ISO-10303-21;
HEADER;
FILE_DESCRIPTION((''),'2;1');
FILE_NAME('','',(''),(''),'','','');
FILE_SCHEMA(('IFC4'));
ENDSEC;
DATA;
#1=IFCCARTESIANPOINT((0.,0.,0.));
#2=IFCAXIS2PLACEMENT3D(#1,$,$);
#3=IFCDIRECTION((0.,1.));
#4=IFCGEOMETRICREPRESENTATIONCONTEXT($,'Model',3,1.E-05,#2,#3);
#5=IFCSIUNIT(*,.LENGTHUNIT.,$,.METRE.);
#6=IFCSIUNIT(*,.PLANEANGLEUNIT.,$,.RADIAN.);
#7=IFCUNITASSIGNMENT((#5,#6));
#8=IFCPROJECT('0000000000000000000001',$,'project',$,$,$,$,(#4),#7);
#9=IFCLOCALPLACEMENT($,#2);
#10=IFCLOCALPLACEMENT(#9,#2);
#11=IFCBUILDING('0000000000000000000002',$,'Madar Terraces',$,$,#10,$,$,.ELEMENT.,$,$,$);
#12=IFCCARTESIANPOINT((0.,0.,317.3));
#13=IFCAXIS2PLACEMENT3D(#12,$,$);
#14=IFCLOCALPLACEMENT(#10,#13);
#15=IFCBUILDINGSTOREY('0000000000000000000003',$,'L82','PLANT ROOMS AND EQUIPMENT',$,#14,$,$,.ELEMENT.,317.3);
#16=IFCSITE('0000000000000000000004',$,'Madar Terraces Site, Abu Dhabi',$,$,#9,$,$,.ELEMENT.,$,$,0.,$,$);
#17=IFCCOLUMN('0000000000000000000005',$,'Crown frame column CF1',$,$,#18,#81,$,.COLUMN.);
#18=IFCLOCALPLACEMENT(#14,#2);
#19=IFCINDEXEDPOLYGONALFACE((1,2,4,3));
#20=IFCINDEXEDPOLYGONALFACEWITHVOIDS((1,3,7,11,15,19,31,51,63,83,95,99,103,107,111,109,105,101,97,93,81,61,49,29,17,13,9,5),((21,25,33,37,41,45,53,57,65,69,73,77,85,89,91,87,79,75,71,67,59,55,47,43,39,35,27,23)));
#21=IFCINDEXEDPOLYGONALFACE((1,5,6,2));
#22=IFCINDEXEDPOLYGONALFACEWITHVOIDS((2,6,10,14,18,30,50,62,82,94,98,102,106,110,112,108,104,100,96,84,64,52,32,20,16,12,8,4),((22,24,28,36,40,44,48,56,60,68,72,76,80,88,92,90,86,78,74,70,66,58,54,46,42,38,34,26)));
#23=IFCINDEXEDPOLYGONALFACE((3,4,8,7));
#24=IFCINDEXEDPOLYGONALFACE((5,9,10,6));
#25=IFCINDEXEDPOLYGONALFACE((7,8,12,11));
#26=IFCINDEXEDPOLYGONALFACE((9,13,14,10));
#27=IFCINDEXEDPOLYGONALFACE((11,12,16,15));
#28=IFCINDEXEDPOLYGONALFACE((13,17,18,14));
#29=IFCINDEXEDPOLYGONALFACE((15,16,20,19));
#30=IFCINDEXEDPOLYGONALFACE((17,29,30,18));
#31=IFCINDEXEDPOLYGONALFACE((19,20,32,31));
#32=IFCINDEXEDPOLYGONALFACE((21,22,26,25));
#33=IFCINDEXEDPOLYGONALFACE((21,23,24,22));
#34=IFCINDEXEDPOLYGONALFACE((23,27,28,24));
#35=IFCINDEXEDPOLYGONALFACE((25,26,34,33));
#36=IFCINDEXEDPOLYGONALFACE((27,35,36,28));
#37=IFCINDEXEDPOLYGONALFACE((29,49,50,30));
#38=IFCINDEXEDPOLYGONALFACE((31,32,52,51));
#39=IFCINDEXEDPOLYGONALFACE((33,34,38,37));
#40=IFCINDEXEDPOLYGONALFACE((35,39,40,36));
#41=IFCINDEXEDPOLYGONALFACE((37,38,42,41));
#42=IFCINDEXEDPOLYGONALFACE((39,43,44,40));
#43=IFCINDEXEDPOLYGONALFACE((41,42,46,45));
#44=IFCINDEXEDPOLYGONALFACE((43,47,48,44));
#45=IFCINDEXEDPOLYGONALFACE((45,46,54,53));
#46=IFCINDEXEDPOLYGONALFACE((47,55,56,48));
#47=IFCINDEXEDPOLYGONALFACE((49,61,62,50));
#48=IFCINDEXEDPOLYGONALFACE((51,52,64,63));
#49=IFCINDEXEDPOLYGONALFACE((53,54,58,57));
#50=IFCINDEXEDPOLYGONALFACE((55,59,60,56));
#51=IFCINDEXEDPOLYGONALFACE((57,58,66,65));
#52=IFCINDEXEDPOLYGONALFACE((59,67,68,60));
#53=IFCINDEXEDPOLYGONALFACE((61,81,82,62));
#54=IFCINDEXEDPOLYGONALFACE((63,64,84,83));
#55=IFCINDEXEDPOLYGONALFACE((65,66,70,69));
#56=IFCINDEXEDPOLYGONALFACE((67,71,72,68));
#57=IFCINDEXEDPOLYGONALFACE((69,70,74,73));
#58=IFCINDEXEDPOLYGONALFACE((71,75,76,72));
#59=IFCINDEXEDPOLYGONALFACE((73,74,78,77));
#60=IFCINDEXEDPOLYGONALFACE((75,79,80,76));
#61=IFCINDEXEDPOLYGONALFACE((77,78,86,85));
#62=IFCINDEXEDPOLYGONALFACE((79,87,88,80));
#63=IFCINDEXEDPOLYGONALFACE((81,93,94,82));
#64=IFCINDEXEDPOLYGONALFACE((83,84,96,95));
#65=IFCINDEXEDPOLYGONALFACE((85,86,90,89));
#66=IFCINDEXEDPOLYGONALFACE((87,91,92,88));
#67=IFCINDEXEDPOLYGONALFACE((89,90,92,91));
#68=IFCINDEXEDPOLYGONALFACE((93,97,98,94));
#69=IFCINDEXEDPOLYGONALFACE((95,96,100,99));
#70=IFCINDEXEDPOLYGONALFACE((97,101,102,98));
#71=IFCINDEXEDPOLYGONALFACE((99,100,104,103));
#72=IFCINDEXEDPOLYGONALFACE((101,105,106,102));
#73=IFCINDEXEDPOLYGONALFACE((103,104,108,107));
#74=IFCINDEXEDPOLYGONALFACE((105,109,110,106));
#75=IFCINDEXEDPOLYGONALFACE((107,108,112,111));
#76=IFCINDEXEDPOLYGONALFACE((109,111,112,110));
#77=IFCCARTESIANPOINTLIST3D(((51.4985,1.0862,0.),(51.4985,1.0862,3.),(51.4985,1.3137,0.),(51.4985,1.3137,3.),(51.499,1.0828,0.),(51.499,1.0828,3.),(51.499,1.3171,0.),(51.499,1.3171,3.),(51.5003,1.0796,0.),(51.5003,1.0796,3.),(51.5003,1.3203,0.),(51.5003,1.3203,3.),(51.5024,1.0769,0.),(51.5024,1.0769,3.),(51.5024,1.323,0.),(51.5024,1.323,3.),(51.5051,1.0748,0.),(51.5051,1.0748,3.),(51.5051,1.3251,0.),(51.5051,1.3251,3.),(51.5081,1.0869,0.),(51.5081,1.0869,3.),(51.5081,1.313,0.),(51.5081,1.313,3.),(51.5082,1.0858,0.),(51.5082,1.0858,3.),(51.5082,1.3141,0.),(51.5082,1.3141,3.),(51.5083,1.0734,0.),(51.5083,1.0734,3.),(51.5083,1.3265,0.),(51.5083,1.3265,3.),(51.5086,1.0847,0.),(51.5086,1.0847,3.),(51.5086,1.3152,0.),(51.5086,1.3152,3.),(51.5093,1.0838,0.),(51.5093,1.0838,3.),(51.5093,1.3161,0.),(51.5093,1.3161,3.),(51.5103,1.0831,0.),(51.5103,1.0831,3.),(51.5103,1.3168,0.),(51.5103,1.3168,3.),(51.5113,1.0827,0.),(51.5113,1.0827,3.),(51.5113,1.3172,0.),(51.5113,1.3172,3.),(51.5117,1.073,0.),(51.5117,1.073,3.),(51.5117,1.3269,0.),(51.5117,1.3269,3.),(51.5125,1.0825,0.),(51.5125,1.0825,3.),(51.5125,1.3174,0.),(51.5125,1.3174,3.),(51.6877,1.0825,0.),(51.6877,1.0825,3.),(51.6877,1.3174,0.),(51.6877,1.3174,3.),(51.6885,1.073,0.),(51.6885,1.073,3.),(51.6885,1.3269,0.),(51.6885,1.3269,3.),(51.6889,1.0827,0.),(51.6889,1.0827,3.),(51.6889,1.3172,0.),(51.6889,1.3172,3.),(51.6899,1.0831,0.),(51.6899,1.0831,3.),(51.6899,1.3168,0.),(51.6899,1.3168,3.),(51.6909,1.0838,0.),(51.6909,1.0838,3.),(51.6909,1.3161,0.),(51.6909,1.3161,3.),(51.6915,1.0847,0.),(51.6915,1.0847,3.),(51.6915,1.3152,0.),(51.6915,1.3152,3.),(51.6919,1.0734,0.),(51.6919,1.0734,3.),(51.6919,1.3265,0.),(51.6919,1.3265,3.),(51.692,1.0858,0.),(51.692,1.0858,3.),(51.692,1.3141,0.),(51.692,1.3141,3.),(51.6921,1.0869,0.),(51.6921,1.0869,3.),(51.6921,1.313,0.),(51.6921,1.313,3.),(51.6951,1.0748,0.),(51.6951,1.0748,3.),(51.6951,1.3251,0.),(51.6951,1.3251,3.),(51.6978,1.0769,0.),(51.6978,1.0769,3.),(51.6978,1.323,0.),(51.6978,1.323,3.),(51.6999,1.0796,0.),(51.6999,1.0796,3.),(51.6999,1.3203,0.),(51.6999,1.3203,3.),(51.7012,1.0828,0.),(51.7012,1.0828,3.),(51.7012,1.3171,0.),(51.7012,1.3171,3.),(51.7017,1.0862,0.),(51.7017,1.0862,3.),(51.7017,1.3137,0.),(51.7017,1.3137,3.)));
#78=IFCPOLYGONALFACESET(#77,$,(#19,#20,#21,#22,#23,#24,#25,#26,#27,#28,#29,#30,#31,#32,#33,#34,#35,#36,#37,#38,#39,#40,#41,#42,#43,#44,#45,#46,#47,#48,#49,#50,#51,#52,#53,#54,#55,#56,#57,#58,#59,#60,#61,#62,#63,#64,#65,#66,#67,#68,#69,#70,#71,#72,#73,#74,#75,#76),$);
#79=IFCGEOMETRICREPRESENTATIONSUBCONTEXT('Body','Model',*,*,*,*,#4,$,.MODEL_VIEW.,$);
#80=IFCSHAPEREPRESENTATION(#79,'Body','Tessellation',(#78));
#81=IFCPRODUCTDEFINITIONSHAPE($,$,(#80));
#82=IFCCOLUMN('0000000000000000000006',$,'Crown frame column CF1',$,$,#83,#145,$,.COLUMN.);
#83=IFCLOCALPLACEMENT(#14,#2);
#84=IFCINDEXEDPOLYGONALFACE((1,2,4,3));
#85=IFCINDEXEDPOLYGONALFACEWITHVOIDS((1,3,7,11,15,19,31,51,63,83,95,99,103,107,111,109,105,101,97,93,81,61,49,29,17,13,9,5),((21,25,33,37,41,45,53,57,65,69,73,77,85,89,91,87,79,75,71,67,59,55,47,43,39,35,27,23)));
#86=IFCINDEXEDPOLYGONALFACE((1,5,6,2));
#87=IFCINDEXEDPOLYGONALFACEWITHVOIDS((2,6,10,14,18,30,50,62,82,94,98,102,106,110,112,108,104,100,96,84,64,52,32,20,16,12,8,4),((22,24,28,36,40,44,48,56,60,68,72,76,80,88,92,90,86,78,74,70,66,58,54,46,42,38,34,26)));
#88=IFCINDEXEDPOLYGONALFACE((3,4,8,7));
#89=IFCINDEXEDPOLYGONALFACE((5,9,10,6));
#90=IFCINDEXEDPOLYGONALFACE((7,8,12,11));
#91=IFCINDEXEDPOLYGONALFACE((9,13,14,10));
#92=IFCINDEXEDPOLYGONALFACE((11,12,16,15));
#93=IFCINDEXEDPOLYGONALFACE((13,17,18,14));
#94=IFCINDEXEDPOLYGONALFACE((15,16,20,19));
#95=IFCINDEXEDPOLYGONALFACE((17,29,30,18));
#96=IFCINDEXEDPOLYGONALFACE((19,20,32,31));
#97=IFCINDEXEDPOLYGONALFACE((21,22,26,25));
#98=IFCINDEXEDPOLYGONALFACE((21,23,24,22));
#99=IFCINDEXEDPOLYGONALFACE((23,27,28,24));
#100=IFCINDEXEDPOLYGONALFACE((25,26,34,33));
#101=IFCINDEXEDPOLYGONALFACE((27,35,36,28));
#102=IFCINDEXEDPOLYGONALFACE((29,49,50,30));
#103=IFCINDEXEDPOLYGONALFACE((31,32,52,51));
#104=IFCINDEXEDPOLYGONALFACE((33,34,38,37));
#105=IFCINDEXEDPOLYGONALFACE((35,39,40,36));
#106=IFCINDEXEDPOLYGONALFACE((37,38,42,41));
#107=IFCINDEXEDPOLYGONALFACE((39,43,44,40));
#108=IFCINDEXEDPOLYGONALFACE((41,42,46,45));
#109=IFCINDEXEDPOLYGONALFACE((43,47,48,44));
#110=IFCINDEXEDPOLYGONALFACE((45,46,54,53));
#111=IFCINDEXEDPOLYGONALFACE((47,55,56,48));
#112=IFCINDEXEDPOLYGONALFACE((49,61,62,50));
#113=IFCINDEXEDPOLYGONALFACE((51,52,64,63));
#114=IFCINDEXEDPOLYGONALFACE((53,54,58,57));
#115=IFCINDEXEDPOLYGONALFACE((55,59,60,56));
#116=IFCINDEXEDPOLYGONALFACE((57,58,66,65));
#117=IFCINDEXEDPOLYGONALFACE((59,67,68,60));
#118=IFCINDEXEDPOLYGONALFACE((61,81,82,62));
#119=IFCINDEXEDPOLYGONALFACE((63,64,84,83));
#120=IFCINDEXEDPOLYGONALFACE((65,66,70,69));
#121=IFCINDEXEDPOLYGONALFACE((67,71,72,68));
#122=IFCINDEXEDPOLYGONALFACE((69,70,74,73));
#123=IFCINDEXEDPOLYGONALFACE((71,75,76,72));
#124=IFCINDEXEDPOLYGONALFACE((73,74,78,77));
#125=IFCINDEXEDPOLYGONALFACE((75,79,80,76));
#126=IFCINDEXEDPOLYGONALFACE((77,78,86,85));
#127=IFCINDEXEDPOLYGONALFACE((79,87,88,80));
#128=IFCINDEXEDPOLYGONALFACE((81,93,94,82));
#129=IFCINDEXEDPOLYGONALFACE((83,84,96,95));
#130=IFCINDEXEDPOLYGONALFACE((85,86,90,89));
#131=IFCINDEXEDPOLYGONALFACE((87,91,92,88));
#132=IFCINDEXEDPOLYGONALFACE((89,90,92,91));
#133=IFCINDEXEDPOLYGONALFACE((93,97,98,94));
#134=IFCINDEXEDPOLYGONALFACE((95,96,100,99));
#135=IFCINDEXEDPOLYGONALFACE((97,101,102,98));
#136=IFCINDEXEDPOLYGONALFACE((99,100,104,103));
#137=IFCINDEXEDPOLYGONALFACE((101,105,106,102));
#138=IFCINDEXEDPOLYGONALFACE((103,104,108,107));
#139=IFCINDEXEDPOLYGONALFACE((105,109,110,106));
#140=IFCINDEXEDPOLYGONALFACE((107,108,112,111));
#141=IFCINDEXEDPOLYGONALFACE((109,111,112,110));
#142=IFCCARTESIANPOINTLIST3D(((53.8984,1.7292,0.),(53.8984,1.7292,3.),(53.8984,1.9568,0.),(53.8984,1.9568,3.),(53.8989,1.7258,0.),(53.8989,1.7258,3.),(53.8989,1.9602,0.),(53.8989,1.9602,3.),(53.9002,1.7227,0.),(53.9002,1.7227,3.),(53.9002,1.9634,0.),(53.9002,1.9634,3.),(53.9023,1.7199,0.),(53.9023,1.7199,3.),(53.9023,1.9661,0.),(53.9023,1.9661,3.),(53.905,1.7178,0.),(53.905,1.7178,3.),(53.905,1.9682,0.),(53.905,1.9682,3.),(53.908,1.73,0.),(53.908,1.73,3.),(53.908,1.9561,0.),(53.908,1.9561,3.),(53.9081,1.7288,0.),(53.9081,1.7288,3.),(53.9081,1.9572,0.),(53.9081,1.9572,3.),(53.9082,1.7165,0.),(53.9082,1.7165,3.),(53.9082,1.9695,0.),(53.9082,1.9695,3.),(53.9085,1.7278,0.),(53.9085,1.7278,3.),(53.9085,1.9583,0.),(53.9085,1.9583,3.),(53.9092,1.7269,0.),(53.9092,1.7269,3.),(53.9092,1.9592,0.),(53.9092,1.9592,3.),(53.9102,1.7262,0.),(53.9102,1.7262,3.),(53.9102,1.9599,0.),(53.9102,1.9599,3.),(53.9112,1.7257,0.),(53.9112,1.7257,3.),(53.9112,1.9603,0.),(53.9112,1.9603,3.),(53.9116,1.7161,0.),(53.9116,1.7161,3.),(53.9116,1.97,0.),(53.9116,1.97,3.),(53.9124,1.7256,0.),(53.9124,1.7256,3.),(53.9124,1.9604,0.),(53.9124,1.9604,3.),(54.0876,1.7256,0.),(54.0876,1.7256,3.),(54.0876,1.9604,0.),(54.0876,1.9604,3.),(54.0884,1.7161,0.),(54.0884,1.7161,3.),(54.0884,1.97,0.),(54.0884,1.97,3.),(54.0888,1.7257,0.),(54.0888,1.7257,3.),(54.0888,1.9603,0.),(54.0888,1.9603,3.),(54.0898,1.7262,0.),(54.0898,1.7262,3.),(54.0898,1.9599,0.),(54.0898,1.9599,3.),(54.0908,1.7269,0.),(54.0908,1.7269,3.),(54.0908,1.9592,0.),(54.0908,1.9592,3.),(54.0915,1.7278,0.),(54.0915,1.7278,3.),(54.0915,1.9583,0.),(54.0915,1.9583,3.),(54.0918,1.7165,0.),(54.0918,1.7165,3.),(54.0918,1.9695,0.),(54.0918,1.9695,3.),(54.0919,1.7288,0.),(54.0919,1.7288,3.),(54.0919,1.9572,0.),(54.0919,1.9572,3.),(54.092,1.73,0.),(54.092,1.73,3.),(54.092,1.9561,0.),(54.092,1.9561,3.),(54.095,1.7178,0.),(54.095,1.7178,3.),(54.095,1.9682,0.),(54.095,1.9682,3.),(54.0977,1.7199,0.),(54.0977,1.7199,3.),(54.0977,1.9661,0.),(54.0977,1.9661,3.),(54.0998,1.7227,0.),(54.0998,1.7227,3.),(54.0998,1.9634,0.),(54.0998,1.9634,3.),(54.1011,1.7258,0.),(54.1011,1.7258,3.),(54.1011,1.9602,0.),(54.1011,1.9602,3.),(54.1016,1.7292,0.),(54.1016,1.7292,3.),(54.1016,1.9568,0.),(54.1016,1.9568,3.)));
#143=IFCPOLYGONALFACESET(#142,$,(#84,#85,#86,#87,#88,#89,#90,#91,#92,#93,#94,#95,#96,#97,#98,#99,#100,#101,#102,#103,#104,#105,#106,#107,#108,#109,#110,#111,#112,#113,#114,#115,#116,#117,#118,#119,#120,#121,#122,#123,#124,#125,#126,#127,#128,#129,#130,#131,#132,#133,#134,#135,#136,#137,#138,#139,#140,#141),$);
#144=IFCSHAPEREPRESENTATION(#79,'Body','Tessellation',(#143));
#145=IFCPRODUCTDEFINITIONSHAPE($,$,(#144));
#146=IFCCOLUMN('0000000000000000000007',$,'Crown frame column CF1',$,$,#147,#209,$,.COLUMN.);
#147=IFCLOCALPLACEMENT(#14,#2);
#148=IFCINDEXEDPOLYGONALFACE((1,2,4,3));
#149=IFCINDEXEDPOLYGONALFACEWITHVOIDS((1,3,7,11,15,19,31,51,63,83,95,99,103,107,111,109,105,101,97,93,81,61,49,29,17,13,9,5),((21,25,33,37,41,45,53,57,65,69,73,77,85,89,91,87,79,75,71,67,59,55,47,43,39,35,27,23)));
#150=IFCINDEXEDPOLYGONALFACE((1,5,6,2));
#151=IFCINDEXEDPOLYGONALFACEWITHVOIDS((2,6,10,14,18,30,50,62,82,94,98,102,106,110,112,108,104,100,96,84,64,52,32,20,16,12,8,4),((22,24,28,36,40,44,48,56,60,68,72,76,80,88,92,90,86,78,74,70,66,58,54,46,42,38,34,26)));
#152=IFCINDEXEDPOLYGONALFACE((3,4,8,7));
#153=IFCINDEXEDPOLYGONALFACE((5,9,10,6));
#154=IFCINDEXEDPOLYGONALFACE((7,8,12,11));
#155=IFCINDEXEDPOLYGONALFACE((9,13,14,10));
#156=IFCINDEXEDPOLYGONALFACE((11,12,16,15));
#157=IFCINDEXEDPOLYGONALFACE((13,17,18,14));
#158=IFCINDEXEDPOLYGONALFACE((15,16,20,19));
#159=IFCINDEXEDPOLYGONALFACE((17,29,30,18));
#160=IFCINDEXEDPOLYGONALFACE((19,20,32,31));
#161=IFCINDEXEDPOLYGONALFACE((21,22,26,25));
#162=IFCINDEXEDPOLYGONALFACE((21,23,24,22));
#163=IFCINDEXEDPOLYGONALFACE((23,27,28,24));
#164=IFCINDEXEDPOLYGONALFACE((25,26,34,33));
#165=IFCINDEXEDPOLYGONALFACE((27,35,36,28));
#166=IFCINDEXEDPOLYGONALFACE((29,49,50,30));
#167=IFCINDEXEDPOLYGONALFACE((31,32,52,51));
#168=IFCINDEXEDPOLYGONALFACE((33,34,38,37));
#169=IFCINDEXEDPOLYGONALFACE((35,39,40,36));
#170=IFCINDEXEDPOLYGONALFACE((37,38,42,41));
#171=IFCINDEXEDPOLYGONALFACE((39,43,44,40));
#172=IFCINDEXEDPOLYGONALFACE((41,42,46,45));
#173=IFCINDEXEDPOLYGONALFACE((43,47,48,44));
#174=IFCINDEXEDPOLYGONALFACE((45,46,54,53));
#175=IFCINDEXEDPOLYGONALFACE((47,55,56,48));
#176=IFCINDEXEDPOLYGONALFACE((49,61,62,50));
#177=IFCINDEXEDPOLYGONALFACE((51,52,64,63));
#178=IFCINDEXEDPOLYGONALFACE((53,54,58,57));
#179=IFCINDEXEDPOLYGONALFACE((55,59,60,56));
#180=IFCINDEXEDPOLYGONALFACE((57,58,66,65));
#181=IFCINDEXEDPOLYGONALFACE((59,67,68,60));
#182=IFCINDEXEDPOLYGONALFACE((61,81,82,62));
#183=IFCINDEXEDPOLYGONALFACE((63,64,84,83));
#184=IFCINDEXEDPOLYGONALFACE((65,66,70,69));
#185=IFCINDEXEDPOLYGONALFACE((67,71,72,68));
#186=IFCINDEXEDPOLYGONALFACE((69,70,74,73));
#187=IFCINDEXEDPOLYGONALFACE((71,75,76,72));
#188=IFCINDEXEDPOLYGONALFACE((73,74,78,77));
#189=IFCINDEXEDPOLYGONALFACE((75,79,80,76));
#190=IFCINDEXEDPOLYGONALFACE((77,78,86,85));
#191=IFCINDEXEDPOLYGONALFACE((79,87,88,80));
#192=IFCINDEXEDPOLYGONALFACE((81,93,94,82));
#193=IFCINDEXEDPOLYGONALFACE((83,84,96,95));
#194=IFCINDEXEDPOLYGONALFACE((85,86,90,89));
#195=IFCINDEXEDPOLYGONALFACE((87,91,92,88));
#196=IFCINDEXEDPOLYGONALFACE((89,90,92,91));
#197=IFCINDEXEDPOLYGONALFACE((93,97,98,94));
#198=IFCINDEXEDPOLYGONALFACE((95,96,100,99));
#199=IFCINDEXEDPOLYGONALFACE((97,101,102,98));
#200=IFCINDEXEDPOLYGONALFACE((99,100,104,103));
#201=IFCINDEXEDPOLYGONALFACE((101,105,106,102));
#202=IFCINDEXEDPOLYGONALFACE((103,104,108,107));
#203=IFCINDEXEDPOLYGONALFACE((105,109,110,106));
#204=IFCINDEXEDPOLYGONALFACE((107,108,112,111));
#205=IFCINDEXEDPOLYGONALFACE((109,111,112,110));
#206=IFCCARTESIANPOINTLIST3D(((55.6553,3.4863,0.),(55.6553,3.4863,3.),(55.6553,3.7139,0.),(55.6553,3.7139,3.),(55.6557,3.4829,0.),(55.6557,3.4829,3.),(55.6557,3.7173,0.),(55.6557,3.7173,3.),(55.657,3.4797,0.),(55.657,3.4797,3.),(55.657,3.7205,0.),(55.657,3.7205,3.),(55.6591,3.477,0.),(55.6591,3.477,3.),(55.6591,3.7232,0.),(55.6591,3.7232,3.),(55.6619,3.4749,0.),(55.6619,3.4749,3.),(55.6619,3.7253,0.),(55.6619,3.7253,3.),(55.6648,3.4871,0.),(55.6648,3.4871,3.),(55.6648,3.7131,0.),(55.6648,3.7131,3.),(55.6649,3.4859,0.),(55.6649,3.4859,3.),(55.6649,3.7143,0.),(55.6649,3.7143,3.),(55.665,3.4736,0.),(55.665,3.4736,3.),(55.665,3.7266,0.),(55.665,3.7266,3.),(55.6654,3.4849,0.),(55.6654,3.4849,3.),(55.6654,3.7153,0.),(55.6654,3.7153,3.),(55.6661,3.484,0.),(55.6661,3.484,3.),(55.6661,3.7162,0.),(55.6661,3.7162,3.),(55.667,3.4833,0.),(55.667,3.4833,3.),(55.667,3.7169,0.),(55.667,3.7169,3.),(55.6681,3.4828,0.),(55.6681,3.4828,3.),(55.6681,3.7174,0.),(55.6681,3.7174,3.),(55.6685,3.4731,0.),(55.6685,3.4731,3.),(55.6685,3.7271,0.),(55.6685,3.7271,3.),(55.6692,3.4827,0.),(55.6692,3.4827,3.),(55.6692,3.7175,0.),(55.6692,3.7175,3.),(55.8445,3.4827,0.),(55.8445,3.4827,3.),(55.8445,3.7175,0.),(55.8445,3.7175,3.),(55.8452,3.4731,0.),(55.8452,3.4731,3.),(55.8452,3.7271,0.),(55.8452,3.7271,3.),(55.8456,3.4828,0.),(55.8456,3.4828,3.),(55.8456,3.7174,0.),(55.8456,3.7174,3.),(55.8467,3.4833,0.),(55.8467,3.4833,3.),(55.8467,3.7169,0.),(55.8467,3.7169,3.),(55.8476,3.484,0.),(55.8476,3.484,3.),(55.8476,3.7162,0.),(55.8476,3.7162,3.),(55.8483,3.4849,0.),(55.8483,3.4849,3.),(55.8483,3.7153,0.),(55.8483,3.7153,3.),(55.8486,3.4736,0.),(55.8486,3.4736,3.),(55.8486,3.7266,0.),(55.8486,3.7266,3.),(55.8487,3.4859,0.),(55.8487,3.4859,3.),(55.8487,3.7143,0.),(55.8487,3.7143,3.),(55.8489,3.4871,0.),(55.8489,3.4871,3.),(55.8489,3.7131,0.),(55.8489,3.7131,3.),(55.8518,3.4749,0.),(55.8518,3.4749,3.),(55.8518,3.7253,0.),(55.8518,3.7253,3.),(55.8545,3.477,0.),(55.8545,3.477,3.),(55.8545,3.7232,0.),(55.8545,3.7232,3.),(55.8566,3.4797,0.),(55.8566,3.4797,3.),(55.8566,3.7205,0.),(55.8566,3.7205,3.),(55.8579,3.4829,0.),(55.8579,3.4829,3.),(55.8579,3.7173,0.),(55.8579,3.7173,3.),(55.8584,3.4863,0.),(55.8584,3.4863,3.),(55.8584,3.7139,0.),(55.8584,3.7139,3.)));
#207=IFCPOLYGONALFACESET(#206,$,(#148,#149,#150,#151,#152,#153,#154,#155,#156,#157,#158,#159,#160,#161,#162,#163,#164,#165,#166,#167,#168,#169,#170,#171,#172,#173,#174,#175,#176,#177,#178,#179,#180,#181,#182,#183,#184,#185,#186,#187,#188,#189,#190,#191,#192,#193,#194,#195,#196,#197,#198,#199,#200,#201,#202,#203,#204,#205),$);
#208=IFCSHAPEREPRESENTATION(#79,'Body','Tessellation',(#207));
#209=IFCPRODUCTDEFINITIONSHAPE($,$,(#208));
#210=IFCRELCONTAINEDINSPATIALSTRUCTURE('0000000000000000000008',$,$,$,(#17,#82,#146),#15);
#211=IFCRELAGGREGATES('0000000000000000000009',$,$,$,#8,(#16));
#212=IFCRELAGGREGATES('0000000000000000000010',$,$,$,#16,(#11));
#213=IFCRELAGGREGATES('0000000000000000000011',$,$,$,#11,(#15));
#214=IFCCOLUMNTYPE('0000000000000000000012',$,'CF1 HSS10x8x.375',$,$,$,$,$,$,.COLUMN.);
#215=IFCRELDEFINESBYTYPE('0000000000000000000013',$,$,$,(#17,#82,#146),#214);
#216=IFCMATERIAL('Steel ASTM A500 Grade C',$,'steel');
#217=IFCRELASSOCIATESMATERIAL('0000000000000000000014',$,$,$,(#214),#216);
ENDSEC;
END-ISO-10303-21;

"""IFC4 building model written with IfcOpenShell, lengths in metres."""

from ifc_helpers import new_model, si_unit, direction, frame, origin, origin_2d, place, context, subcontext, project, spatial, hollow_rectangle, extrude, material, material_profile, profile_set, type_object, element, save


model = new_model("IFC4")

# Units and contexts
model_context = context("Model", 3, precision=1e-05, world=origin(), true_north=direction((0.0, 1.0)))
body_context = subcontext(model_context, "Body", "Model", "MODEL_VIEW")
ifc_project = project(units=[si_unit("LENGTHUNIT", "METRE"), si_unit("PLANEANGLEUNIT", "RADIAN")], contexts=[model_context])

# Site, building, storey
site_placement = place(None, origin())
site = spatial("IfcSite", under=ifc_project, at=site_placement, Name="Madar Terraces Site, Abu Dhabi", CompositionType="ELEMENT", RefElevation=0.0)
building_placement = place(site_placement, origin())
building = spatial("IfcBuilding", under=site, at=building_placement, Name="Madar Terraces", CompositionType="ELEMENT")
storey_placement = place(building_placement, frame((0.0, 0.0, 317.3)))
storey = spatial("IfcBuildingStorey", under=building, at=storey_placement, Name="L82", Description="PLANT ROOMS AND EQUIPMENT", CompositionType="ELEMENT", Elevation=317.3)

# Columns
ifc_material_1 = material(Name="Steel ASTM A500 Grade C", Category="steel")
ifc_material_profile_1 = material_profile(ifc_material_1, hollow_rectangle(XDim=0.2031, YDim=0.2539, WallThickness=0.0095, InnerFilletRadius=0.0044, OuterFilletRadius=0.0132, at=origin_2d()), Name="HSS10x8x.375")
ifc_profile_set_1 = profile_set([ifc_material_profile_1], Name="Steel ASTM A500 Grade C")
column_type = type_object("IfcColumnType", Name="CF1 HSS10x8x.375", PredefinedType="COLUMN", material=ifc_profile_set_1)
for number, where, z_axis, x_axis, name in (
    (1, (51.6001, 1.2, 0.0), (0.0, 0.0, 1.0), (1.0, 0.0, 0.0), "Crown frame column CF1"),
    (2, (54.0, 1.843, 0.0), (0.0, 0.0, 1.0), (1.0, 0.0, 0.0), "Crown frame column CF1"),
    (3, (55.7568, 3.6001, 0.0), (0.0, 0.0, 1.0), (1.0, 0.0, 0.0), "Crown frame column CF1"),
):
    element("IfcColumn", number, at=place(storey_placement, frame(where, z_axis=z_axis, x_axis=x_axis)), inside=storey, type_object=column_type, Name=name, PredefinedType="COLUMN", context=body_context, shape_type="SweptSolid", body=[
        extrude(hollow_rectangle(XDim=0.2031, YDim=0.2539, WallThickness=0.0095, InnerFilletRadius=0.0044, OuterFilletRadius=0.0132, at=origin_2d()), origin(), (0.0, 0.0, 1.0), 3.0),
    ])

save(model, "model.ifc")
